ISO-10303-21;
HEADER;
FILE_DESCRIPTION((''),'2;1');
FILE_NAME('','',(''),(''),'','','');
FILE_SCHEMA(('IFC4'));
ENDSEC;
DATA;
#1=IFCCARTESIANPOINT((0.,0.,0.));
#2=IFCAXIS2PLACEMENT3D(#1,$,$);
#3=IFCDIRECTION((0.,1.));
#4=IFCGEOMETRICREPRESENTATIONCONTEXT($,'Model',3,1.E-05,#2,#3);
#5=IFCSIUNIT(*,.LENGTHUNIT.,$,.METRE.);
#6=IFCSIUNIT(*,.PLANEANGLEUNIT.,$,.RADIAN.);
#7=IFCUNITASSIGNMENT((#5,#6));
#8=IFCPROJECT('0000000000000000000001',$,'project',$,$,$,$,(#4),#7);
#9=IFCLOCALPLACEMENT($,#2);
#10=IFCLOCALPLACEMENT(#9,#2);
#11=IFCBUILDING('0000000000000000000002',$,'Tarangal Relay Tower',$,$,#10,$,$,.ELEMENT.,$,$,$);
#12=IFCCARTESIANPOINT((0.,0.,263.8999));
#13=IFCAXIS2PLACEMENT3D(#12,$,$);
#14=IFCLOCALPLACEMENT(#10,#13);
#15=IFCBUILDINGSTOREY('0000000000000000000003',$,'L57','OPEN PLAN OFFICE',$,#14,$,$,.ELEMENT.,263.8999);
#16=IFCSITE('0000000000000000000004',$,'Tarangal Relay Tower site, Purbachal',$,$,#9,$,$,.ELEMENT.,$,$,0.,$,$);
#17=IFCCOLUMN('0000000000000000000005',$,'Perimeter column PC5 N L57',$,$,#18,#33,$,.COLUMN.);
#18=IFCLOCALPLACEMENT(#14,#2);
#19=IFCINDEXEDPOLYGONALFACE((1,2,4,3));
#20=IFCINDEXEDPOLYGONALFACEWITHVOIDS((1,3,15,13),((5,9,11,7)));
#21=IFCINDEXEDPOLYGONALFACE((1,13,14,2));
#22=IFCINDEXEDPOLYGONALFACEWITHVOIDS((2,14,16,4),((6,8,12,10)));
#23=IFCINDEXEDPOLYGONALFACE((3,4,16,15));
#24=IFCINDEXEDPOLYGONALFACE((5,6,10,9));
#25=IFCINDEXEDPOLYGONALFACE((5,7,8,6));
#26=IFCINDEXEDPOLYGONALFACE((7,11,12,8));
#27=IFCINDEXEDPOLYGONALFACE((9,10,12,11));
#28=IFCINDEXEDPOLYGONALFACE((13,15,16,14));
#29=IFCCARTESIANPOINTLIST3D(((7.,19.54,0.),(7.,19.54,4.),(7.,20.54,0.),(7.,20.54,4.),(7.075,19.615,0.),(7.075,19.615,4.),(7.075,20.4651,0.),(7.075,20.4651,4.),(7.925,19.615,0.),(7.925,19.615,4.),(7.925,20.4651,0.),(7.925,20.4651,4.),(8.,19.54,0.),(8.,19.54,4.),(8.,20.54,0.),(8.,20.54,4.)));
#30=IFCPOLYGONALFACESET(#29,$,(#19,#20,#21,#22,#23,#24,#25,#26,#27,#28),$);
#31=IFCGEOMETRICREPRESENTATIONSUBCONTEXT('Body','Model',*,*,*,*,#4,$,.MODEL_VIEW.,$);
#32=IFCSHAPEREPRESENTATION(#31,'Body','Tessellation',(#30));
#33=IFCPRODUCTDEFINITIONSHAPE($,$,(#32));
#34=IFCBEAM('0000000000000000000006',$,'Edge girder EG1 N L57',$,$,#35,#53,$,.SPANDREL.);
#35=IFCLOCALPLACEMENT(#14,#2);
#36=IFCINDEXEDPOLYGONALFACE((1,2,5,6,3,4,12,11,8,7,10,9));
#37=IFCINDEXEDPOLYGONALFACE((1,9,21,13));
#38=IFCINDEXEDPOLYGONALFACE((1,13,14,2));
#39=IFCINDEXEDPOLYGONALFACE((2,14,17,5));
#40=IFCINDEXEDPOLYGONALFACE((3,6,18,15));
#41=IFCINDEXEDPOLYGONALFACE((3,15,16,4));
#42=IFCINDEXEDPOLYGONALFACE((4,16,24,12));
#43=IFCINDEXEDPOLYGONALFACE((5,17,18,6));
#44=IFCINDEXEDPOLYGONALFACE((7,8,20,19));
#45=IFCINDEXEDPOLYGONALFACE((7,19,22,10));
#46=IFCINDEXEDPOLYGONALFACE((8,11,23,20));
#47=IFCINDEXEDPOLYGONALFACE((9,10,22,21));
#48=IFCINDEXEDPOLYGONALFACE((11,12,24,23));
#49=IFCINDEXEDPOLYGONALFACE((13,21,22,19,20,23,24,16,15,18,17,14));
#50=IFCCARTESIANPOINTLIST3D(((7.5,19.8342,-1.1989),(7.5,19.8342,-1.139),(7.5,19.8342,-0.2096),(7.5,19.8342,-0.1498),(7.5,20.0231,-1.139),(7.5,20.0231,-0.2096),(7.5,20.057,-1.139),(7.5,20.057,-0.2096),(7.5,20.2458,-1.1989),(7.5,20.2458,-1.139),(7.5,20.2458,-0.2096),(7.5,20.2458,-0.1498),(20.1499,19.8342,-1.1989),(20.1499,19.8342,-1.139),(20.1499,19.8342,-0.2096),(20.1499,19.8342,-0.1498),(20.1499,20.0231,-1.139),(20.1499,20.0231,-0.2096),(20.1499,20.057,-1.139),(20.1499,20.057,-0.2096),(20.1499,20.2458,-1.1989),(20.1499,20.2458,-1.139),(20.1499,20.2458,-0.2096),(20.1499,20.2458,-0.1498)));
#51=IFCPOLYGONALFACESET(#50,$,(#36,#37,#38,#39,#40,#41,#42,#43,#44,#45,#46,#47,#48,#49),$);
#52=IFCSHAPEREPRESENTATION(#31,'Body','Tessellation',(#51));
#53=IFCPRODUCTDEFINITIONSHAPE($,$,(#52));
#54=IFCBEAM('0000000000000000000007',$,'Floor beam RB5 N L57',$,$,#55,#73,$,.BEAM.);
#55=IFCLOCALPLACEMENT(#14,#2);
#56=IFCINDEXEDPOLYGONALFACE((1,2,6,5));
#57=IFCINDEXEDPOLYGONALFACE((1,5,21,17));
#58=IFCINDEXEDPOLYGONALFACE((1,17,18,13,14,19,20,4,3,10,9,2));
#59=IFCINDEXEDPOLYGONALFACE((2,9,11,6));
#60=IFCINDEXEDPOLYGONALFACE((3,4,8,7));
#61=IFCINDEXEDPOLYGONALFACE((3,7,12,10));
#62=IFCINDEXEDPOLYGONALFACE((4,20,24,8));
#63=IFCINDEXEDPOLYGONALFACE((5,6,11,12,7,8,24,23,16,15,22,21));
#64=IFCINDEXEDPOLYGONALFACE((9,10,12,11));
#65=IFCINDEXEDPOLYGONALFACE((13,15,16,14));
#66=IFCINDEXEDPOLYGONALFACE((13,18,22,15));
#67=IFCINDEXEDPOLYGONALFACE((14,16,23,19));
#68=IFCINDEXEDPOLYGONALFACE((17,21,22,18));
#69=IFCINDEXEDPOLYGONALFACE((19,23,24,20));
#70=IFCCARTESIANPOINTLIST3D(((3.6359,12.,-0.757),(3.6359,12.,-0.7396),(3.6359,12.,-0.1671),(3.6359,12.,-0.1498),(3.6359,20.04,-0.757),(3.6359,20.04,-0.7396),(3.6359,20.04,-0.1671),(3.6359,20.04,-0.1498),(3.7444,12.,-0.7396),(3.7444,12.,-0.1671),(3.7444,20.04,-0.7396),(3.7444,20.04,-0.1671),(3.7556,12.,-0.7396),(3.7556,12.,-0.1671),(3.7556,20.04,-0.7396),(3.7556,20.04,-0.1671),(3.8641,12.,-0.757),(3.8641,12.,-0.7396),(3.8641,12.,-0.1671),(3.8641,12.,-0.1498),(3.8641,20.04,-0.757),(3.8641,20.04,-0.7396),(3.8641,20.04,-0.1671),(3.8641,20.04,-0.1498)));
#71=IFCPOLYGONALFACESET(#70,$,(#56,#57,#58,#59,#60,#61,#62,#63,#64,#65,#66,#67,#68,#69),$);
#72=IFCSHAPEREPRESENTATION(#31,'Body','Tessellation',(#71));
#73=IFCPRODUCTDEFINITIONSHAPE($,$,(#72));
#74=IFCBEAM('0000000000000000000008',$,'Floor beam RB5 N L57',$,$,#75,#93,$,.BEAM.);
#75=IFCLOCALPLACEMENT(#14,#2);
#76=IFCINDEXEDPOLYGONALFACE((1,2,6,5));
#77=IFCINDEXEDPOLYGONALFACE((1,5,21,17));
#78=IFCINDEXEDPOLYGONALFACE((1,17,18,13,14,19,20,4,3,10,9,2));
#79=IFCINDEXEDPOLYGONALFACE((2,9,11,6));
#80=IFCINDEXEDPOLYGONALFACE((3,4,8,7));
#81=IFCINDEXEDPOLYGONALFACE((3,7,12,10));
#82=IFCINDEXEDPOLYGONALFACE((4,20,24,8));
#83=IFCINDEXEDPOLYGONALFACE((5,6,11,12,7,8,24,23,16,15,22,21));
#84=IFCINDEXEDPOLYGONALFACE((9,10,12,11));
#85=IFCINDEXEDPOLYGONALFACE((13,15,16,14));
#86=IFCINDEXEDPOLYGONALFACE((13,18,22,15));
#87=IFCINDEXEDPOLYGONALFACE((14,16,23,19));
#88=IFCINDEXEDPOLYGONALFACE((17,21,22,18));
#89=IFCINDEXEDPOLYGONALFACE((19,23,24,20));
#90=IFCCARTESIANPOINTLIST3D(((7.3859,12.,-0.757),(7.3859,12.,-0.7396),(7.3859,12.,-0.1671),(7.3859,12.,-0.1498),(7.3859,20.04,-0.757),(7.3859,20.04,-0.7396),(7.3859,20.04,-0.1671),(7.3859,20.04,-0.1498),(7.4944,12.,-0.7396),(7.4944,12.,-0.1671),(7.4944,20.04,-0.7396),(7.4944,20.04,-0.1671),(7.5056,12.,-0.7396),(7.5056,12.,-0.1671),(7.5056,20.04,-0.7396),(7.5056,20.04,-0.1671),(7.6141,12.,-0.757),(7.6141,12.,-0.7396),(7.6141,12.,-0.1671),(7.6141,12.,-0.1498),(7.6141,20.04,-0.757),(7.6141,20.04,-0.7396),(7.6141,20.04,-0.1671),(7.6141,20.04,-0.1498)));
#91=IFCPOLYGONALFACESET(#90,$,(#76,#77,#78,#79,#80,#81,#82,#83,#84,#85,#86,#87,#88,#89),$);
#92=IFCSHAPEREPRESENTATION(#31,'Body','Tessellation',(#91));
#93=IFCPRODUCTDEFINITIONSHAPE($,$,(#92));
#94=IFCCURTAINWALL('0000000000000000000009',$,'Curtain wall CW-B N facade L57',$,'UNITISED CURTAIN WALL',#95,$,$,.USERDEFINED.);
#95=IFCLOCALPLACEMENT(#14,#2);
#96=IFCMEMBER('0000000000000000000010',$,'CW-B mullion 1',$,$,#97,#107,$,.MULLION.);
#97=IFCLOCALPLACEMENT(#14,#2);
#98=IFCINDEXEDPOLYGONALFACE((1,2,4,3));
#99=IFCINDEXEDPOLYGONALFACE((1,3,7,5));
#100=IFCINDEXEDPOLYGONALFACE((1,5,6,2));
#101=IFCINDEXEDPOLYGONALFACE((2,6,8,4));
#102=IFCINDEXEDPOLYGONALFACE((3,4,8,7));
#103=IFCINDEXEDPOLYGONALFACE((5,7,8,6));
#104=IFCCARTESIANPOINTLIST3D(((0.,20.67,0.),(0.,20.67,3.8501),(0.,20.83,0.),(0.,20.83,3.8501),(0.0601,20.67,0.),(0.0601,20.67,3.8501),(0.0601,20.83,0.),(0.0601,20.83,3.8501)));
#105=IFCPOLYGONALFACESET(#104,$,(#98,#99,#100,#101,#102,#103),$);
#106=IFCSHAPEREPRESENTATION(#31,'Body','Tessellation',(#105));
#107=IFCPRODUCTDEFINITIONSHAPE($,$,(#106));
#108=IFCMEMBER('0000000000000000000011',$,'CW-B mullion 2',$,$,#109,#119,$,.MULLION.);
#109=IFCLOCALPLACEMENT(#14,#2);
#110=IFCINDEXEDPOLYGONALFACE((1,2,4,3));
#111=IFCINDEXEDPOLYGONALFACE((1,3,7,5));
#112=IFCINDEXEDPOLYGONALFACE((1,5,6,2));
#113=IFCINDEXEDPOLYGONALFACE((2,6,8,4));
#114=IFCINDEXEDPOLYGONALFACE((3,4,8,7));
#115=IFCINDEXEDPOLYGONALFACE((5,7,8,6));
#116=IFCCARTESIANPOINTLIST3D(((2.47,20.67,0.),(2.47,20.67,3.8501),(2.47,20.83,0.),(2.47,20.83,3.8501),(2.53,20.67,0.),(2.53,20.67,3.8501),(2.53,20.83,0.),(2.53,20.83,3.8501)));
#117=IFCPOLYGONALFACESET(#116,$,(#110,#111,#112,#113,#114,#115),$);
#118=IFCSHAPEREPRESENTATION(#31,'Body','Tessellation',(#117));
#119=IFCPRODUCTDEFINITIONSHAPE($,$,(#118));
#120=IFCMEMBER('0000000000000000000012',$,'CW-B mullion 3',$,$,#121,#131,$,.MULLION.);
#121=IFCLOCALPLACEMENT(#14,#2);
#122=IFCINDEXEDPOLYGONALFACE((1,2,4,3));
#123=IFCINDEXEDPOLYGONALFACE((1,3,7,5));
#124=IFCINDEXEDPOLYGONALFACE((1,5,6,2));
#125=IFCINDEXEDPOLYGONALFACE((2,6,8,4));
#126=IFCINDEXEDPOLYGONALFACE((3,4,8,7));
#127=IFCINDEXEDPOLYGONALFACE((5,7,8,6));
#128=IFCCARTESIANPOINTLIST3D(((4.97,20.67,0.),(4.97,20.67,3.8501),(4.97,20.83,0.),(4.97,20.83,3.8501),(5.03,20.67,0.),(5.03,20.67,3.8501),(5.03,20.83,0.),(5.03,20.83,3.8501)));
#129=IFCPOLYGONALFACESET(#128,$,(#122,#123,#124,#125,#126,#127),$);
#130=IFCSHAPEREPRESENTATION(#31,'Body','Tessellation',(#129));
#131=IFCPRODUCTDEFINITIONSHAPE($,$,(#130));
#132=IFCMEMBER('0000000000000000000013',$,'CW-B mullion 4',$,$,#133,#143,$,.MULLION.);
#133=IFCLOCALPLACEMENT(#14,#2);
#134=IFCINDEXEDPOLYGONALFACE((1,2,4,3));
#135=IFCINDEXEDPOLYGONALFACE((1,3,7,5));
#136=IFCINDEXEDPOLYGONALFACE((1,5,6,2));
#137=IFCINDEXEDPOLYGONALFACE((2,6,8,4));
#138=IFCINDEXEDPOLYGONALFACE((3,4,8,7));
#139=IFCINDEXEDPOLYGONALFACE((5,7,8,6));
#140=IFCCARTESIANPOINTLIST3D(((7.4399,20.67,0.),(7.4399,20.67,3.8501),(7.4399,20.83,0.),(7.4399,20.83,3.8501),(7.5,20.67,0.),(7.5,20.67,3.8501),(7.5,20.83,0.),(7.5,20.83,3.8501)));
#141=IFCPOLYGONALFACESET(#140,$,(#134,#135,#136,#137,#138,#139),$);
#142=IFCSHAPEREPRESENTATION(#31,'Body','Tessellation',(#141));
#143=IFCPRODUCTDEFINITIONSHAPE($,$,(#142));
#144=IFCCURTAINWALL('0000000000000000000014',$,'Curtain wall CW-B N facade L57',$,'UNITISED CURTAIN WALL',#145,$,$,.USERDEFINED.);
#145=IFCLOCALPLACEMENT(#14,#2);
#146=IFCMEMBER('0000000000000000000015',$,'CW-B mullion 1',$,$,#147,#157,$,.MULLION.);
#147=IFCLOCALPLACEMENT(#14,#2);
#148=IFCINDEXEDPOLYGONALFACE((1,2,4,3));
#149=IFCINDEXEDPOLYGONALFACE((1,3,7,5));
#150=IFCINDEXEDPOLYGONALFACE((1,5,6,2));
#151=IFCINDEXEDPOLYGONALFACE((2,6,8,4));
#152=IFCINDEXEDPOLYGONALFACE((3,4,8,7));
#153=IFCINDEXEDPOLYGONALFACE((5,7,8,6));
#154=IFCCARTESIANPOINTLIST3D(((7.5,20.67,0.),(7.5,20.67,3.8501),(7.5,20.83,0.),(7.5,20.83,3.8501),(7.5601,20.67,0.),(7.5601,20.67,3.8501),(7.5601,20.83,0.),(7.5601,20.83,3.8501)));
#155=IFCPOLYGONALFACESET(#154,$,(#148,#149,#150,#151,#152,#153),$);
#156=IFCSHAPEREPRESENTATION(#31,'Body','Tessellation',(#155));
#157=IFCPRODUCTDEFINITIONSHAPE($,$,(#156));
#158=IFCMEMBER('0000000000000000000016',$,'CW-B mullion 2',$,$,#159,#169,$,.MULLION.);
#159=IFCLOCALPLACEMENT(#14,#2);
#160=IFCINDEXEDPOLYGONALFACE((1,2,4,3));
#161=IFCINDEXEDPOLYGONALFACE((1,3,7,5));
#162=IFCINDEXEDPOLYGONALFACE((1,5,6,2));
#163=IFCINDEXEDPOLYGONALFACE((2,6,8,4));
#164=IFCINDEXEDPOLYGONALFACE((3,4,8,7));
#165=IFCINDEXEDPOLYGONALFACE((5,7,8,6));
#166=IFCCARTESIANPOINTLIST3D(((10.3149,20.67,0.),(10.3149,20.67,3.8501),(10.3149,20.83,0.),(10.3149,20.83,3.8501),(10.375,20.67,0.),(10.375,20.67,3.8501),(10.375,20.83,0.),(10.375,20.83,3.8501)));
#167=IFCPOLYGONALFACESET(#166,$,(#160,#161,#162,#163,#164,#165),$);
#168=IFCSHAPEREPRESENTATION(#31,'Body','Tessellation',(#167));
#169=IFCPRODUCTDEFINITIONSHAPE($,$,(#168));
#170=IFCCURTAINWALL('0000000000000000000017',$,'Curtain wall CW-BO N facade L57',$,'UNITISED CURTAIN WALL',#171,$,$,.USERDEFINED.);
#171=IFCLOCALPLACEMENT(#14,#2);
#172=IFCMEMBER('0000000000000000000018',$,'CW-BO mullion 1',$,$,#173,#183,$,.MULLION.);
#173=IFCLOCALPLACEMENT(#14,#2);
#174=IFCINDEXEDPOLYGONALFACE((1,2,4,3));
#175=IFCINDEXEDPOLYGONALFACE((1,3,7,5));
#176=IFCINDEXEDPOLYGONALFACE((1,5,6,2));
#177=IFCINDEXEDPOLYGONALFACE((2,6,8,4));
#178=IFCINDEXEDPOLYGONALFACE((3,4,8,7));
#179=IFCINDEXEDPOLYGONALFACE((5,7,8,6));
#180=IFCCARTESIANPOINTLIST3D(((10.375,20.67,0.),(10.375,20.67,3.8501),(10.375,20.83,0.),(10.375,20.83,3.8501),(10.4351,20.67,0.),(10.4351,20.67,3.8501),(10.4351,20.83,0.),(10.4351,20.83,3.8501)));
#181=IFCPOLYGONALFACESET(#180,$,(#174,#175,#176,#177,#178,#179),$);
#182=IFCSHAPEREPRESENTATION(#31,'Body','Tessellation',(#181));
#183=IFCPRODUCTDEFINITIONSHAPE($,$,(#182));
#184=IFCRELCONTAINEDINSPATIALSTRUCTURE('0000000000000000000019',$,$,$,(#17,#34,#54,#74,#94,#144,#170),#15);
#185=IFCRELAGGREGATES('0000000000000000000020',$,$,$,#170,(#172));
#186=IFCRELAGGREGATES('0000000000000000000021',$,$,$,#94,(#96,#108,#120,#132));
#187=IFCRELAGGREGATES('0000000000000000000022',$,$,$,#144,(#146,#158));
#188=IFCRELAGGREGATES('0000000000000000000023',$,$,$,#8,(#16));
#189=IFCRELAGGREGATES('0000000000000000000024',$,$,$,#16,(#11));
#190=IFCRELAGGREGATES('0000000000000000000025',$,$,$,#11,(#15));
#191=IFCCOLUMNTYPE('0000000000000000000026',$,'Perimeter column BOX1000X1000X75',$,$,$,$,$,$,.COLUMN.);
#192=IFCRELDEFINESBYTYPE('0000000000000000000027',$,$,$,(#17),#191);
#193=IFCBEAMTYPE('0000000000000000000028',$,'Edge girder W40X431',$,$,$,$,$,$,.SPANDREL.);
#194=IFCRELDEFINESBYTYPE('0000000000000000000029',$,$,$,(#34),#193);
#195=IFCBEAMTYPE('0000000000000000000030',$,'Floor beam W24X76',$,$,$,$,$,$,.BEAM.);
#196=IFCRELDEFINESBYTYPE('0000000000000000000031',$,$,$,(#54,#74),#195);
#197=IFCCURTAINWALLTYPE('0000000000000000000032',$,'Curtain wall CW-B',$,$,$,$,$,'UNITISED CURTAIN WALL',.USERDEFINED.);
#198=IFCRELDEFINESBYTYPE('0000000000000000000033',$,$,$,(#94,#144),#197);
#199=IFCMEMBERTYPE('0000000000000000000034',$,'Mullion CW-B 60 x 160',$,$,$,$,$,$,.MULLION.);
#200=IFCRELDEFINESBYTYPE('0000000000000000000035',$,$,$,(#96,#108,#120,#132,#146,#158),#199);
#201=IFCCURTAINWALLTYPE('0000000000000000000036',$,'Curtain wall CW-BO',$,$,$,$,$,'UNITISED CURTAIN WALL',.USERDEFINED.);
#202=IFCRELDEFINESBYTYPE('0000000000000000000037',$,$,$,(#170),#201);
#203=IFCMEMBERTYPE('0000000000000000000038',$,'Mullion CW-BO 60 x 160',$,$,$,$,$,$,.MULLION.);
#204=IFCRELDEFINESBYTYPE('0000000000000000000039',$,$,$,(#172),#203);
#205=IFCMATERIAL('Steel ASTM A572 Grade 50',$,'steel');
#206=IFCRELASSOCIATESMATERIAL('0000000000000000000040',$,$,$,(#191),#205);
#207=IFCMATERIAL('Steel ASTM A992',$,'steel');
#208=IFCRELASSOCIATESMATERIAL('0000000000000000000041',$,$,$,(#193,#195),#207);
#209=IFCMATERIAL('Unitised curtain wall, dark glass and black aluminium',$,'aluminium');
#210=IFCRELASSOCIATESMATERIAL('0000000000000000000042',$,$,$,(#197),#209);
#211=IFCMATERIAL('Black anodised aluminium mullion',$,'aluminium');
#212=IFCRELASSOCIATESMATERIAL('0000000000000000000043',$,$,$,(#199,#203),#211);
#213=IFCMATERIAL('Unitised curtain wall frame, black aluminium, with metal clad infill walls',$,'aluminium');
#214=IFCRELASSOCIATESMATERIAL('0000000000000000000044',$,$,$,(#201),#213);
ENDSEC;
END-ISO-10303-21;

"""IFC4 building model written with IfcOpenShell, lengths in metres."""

from ifc_helpers import new_model, si_unit, direction, frame, origin, origin_2d, place, context, subcontext, project, spatial, rectangle, hollow_rectangle, i_section, extrude, material, material_profile, profile_set, type_object, element, aggregate, save


model = new_model("IFC4")

# Units and contexts
model_context = context("Model", 3, precision=1e-05, world=origin(), true_north=direction((0.0, 1.0)))
body_context = subcontext(model_context, "Body", "Model", "MODEL_VIEW")
ifc_project = project(units=[si_unit("LENGTHUNIT", "METRE"), si_unit("PLANEANGLEUNIT", "RADIAN")], contexts=[model_context])

# Site, building, storey
site_placement = place(None, origin())
site = spatial("IfcSite", under=ifc_project, at=site_placement, Name="Tarangal Relay Tower site, Purbachal", CompositionType="ELEMENT", RefElevation=0.0)
building_placement = place(site_placement, origin())
building = spatial("IfcBuilding", under=site, at=building_placement, Name="Tarangal Relay Tower", CompositionType="ELEMENT")
storey_placement = place(building_placement, frame((0.0, 0.0, 263.8999)))
storey = spatial("IfcBuildingStorey", under=building, at=storey_placement, Name="L57", Description="OPEN PLAN OFFICE", CompositionType="ELEMENT", Elevation=263.8999)

# Column
ifc_material_1 = material(Name="Steel ASTM A572 Grade 50", Category="steel")
ifc_material_profile_1 = material_profile(ifc_material_1, hollow_rectangle(XDim=1.0, YDim=1.0, WallThickness=0.075, at=origin_2d()), Name="BOX1000X1000X75")
ifc_profile_set_1 = profile_set([ifc_material_profile_1], Name="Steel ASTM A572 Grade 50")
column_type = type_object("IfcColumnType", Name="Perimeter column BOX1000X1000X75", PredefinedType="COLUMN", material=ifc_profile_set_1)
column_placement = place(storey_placement, frame((7.5, 20.04, 0.0), z_axis=(0.0, 0.0, 1.0), x_axis=(1.0, 0.0, 0.0)))
element("IfcColumn", 1, at=column_placement, inside=storey, type_object=column_type, Name="Perimeter column PC5 N L57", PredefinedType="COLUMN", context=body_context, shape_type="SweptSolid", body=[
    extrude(hollow_rectangle(XDim=1.0, YDim=1.0, WallThickness=0.075, at=origin_2d()), origin(), (0.0, 0.0, 1.0), 4.0),
])

# Beams
ifc_material_2 = material(Name="Steel ASTM A992", Category="steel")
ifc_material_profile_2 = material_profile(ifc_material_2, i_section(OverallWidth=0.4116, OverallDepth=1.0491, WebThickness=0.0339, FlangeThickness=0.0598, at=origin_2d()), Name="W40X431")
ifc_profile_set_2 = profile_set([ifc_material_profile_2], Name="Steel ASTM A992")
beam_type_1 = type_object("IfcBeamType", Name="Edge girder W40X431", PredefinedType="SPANDREL", material=ifc_profile_set_2)
beam_placement = place(storey_placement, frame((7.5, 20.04, -0.6743), z_axis=(1.0, 0.0, 0.0), x_axis=(0.0, 1.0, 0.0)))
element("IfcBeam", 2, at=beam_placement, inside=storey, type_object=beam_type_1, Name="Edge girder EG1 N L57", PredefinedType="SPANDREL", context=body_context, shape_type="SweptSolid", body=[
    extrude(i_section(OverallWidth=0.4116, OverallDepth=1.0491, WebThickness=0.0339, FlangeThickness=0.0598, at=origin_2d()), origin(), (0.0, 0.0, 1.0), 12.6499),
])
ifc_material_profile_3 = material_profile(ifc_material_2, i_section(OverallWidth=0.2283, OverallDepth=0.6072, WebThickness=0.0112, FlangeThickness=0.0173, at=origin_2d()), Name="W24X76")
ifc_profile_set_3 = profile_set([ifc_material_profile_3], Name="Steel ASTM A992")
beam_type_2 = type_object("IfcBeamType", Name="Floor beam W24X76", PredefinedType="BEAM", material=ifc_profile_set_3)
for number, where, z_axis, x_axis, name in (
    (3, (3.75, 12.0, -0.4534), (0.0, 1.0, 0.0), (-1.0, 0.0, 0.0), "Floor beam RB5 N L57"),
    (4, (7.5, 12.0, -0.4534), (0.0, 1.0, 0.0), (-1.0, 0.0, 0.0), "Floor beam RB5 N L57"),
):
    element("IfcBeam", number, at=place(storey_placement, frame(where, z_axis=z_axis, x_axis=x_axis)), inside=storey, type_object=beam_type_2, Name=name, PredefinedType="BEAM", context=body_context, shape_type="SweptSolid", body=[
        extrude(i_section(OverallWidth=0.2283, OverallDepth=0.6072, WebThickness=0.0112, FlangeThickness=0.0173, at=origin_2d()), origin(), (0.0, 0.0, 1.0), 8.04),
    ])

# Curtain walls, members
ifc_material_3 = material(Name="Unitised curtain wall, dark glass and black aluminium", Category="aluminium")
curtain_wall_type_1 = type_object("IfcCurtainWallType", Name="Curtain wall CW-B", ElementType="UNITISED CURTAIN WALL", PredefinedType="USERDEFINED", material=ifc_material_3)
curtain_wall_1_placement = place(storey_placement, origin())
curtain_wall_1 = element("IfcCurtainWall", 5, at=curtain_wall_1_placement, inside=storey, type_object=curtain_wall_type_1, Name="Curtain wall CW-B N facade L57", ObjectType="UNITISED CURTAIN WALL", PredefinedType="USERDEFINED")
ifc_material_4 = material(Name="Black anodised aluminium mullion", Category="aluminium")
ifc_material_profile_4 = material_profile(ifc_material_4, rectangle(XDim=0.1599, YDim=0.0601, at=origin_2d()), Name="CW-BM 60X160")
ifc_profile_set_4 = profile_set([ifc_material_profile_4], Name="Black anodised aluminium mullion")
member_type_1 = type_object("IfcMemberType", Name="Mullion CW-B 60 x 160", PredefinedType="MULLION", material=ifc_profile_set_4)
member_1_placement = place(storey_placement, frame((0.03, 20.75, 0.0), z_axis=(0.0, 0.0, 1.0), x_axis=(0.0, 1.0, 0.0)))
member_1 = element("IfcMember", 6, at=member_1_placement, type_object=member_type_1, Name="CW-B mullion 1", PredefinedType="MULLION", context=body_context, shape_type="SweptSolid", body=[
    extrude(rectangle(XDim=0.1599, YDim=0.0601, at=origin_2d()), origin(), (0.0, 0.0, 1.0), 3.8501),
])
member_2_placement = place(storey_placement, frame((2.5, 20.75, 0.0), z_axis=(0.0, 0.0, 1.0), x_axis=(0.0, 1.0, 0.0)))
member_2 = element("IfcMember", 7, at=member_2_placement, type_object=member_type_1, Name="CW-B mullion 2", PredefinedType="MULLION", context=body_context, shape_type="SweptSolid", body=[
    extrude(rectangle(XDim=0.1599, YDim=0.0601, at=origin_2d()), origin(), (0.0, 0.0, 1.0), 3.8501),
])
member_3_placement = place(storey_placement, frame((5.0, 20.75, 0.0), z_axis=(0.0, 0.0, 1.0), x_axis=(0.0, 1.0, 0.0)))
member_3 = element("IfcMember", 8, at=member_3_placement, type_object=member_type_1, Name="CW-B mullion 3", PredefinedType="MULLION", context=body_context, shape_type="SweptSolid", body=[
    extrude(rectangle(XDim=0.1599, YDim=0.0601, at=origin_2d()), origin(), (0.0, 0.0, 1.0), 3.8501),
])
member_4_placement = place(storey_placement, frame((7.47, 20.75, 0.0), z_axis=(0.0, 0.0, 1.0), x_axis=(0.0, 1.0, 0.0)))
member_4 = element("IfcMember", 9, at=member_4_placement, type_object=member_type_1, Name="CW-B mullion 4", PredefinedType="MULLION", context=body_context, shape_type="SweptSolid", body=[
    extrude(rectangle(XDim=0.1599, YDim=0.0601, at=origin_2d()), origin(), (0.0, 0.0, 1.0), 3.8501),
])
curtain_wall_2_placement = place(storey_placement, origin())
curtain_wall_2 = element("IfcCurtainWall", 10, at=curtain_wall_2_placement, inside=storey, type_object=curtain_wall_type_1, Name="Curtain wall CW-B N facade L57", ObjectType="UNITISED CURTAIN WALL", PredefinedType="USERDEFINED")
member_5_placement = place(storey_placement, frame((7.53, 20.75, 0.0), z_axis=(0.0, 0.0, 1.0), x_axis=(0.0, 1.0, 0.0)))
member_5 = element("IfcMember", 11, at=member_5_placement, type_object=member_type_1, Name="CW-B mullion 1", PredefinedType="MULLION", context=body_context, shape_type="SweptSolid", body=[
    extrude(rectangle(XDim=0.1599, YDim=0.0601, at=origin_2d()), origin(), (0.0, 0.0, 1.0), 3.8501),
])
member_6_placement = place(storey_placement, frame((10.345, 20.75, 0.0), z_axis=(0.0, 0.0, 1.0), x_axis=(0.0, 1.0, 0.0)))
member_6 = element("IfcMember", 12, at=member_6_placement, type_object=member_type_1, Name="CW-B mullion 2", PredefinedType="MULLION", context=body_context, shape_type="SweptSolid", body=[
    extrude(rectangle(XDim=0.1599, YDim=0.0601, at=origin_2d()), origin(), (0.0, 0.0, 1.0), 3.8501),
])

# Curtain wall, member
ifc_material_5 = material(Name="Unitised curtain wall frame, black aluminium, with metal clad infill walls", Category="aluminium")
curtain_wall_type_2 = type_object("IfcCurtainWallType", Name="Curtain wall CW-BO", ElementType="UNITISED CURTAIN WALL", PredefinedType="USERDEFINED", material=ifc_material_5)
curtain_wall_3_placement = place(storey_placement, origin())
curtain_wall_3 = element("IfcCurtainWall", 13, at=curtain_wall_3_placement, inside=storey, type_object=curtain_wall_type_2, Name="Curtain wall CW-BO N facade L57", ObjectType="UNITISED CURTAIN WALL", PredefinedType="USERDEFINED")
ifc_material_profile_5 = material_profile(ifc_material_4, rectangle(XDim=0.1599, YDim=0.0601, at=origin_2d()), Name="CW-BOM 60X160")
ifc_profile_set_5 = profile_set([ifc_material_profile_5], Name="Black anodised aluminium mullion")
member_type_2 = type_object("IfcMemberType", Name="Mullion CW-BO 60 x 160", PredefinedType="MULLION", material=ifc_profile_set_5)
member_7_placement = place(storey_placement, frame((10.405, 20.75, 0.0), z_axis=(0.0, 0.0, 1.0), x_axis=(0.0, 1.0, 0.0)))
member_7 = element("IfcMember", 14, at=member_7_placement, type_object=member_type_2, Name="CW-BO mullion 1", PredefinedType="MULLION", context=body_context, shape_type="SweptSolid", body=[
    extrude(rectangle(XDim=0.1599, YDim=0.0601, at=origin_2d()), origin(), (0.0, 0.0, 1.0), 3.8501),
])

aggregate(curtain_wall_3, [member_7])

aggregate(curtain_wall_1, [member_1, member_2, member_3, member_4])
aggregate(curtain_wall_2, [member_5, member_6])

save(model, "model.ifc")
